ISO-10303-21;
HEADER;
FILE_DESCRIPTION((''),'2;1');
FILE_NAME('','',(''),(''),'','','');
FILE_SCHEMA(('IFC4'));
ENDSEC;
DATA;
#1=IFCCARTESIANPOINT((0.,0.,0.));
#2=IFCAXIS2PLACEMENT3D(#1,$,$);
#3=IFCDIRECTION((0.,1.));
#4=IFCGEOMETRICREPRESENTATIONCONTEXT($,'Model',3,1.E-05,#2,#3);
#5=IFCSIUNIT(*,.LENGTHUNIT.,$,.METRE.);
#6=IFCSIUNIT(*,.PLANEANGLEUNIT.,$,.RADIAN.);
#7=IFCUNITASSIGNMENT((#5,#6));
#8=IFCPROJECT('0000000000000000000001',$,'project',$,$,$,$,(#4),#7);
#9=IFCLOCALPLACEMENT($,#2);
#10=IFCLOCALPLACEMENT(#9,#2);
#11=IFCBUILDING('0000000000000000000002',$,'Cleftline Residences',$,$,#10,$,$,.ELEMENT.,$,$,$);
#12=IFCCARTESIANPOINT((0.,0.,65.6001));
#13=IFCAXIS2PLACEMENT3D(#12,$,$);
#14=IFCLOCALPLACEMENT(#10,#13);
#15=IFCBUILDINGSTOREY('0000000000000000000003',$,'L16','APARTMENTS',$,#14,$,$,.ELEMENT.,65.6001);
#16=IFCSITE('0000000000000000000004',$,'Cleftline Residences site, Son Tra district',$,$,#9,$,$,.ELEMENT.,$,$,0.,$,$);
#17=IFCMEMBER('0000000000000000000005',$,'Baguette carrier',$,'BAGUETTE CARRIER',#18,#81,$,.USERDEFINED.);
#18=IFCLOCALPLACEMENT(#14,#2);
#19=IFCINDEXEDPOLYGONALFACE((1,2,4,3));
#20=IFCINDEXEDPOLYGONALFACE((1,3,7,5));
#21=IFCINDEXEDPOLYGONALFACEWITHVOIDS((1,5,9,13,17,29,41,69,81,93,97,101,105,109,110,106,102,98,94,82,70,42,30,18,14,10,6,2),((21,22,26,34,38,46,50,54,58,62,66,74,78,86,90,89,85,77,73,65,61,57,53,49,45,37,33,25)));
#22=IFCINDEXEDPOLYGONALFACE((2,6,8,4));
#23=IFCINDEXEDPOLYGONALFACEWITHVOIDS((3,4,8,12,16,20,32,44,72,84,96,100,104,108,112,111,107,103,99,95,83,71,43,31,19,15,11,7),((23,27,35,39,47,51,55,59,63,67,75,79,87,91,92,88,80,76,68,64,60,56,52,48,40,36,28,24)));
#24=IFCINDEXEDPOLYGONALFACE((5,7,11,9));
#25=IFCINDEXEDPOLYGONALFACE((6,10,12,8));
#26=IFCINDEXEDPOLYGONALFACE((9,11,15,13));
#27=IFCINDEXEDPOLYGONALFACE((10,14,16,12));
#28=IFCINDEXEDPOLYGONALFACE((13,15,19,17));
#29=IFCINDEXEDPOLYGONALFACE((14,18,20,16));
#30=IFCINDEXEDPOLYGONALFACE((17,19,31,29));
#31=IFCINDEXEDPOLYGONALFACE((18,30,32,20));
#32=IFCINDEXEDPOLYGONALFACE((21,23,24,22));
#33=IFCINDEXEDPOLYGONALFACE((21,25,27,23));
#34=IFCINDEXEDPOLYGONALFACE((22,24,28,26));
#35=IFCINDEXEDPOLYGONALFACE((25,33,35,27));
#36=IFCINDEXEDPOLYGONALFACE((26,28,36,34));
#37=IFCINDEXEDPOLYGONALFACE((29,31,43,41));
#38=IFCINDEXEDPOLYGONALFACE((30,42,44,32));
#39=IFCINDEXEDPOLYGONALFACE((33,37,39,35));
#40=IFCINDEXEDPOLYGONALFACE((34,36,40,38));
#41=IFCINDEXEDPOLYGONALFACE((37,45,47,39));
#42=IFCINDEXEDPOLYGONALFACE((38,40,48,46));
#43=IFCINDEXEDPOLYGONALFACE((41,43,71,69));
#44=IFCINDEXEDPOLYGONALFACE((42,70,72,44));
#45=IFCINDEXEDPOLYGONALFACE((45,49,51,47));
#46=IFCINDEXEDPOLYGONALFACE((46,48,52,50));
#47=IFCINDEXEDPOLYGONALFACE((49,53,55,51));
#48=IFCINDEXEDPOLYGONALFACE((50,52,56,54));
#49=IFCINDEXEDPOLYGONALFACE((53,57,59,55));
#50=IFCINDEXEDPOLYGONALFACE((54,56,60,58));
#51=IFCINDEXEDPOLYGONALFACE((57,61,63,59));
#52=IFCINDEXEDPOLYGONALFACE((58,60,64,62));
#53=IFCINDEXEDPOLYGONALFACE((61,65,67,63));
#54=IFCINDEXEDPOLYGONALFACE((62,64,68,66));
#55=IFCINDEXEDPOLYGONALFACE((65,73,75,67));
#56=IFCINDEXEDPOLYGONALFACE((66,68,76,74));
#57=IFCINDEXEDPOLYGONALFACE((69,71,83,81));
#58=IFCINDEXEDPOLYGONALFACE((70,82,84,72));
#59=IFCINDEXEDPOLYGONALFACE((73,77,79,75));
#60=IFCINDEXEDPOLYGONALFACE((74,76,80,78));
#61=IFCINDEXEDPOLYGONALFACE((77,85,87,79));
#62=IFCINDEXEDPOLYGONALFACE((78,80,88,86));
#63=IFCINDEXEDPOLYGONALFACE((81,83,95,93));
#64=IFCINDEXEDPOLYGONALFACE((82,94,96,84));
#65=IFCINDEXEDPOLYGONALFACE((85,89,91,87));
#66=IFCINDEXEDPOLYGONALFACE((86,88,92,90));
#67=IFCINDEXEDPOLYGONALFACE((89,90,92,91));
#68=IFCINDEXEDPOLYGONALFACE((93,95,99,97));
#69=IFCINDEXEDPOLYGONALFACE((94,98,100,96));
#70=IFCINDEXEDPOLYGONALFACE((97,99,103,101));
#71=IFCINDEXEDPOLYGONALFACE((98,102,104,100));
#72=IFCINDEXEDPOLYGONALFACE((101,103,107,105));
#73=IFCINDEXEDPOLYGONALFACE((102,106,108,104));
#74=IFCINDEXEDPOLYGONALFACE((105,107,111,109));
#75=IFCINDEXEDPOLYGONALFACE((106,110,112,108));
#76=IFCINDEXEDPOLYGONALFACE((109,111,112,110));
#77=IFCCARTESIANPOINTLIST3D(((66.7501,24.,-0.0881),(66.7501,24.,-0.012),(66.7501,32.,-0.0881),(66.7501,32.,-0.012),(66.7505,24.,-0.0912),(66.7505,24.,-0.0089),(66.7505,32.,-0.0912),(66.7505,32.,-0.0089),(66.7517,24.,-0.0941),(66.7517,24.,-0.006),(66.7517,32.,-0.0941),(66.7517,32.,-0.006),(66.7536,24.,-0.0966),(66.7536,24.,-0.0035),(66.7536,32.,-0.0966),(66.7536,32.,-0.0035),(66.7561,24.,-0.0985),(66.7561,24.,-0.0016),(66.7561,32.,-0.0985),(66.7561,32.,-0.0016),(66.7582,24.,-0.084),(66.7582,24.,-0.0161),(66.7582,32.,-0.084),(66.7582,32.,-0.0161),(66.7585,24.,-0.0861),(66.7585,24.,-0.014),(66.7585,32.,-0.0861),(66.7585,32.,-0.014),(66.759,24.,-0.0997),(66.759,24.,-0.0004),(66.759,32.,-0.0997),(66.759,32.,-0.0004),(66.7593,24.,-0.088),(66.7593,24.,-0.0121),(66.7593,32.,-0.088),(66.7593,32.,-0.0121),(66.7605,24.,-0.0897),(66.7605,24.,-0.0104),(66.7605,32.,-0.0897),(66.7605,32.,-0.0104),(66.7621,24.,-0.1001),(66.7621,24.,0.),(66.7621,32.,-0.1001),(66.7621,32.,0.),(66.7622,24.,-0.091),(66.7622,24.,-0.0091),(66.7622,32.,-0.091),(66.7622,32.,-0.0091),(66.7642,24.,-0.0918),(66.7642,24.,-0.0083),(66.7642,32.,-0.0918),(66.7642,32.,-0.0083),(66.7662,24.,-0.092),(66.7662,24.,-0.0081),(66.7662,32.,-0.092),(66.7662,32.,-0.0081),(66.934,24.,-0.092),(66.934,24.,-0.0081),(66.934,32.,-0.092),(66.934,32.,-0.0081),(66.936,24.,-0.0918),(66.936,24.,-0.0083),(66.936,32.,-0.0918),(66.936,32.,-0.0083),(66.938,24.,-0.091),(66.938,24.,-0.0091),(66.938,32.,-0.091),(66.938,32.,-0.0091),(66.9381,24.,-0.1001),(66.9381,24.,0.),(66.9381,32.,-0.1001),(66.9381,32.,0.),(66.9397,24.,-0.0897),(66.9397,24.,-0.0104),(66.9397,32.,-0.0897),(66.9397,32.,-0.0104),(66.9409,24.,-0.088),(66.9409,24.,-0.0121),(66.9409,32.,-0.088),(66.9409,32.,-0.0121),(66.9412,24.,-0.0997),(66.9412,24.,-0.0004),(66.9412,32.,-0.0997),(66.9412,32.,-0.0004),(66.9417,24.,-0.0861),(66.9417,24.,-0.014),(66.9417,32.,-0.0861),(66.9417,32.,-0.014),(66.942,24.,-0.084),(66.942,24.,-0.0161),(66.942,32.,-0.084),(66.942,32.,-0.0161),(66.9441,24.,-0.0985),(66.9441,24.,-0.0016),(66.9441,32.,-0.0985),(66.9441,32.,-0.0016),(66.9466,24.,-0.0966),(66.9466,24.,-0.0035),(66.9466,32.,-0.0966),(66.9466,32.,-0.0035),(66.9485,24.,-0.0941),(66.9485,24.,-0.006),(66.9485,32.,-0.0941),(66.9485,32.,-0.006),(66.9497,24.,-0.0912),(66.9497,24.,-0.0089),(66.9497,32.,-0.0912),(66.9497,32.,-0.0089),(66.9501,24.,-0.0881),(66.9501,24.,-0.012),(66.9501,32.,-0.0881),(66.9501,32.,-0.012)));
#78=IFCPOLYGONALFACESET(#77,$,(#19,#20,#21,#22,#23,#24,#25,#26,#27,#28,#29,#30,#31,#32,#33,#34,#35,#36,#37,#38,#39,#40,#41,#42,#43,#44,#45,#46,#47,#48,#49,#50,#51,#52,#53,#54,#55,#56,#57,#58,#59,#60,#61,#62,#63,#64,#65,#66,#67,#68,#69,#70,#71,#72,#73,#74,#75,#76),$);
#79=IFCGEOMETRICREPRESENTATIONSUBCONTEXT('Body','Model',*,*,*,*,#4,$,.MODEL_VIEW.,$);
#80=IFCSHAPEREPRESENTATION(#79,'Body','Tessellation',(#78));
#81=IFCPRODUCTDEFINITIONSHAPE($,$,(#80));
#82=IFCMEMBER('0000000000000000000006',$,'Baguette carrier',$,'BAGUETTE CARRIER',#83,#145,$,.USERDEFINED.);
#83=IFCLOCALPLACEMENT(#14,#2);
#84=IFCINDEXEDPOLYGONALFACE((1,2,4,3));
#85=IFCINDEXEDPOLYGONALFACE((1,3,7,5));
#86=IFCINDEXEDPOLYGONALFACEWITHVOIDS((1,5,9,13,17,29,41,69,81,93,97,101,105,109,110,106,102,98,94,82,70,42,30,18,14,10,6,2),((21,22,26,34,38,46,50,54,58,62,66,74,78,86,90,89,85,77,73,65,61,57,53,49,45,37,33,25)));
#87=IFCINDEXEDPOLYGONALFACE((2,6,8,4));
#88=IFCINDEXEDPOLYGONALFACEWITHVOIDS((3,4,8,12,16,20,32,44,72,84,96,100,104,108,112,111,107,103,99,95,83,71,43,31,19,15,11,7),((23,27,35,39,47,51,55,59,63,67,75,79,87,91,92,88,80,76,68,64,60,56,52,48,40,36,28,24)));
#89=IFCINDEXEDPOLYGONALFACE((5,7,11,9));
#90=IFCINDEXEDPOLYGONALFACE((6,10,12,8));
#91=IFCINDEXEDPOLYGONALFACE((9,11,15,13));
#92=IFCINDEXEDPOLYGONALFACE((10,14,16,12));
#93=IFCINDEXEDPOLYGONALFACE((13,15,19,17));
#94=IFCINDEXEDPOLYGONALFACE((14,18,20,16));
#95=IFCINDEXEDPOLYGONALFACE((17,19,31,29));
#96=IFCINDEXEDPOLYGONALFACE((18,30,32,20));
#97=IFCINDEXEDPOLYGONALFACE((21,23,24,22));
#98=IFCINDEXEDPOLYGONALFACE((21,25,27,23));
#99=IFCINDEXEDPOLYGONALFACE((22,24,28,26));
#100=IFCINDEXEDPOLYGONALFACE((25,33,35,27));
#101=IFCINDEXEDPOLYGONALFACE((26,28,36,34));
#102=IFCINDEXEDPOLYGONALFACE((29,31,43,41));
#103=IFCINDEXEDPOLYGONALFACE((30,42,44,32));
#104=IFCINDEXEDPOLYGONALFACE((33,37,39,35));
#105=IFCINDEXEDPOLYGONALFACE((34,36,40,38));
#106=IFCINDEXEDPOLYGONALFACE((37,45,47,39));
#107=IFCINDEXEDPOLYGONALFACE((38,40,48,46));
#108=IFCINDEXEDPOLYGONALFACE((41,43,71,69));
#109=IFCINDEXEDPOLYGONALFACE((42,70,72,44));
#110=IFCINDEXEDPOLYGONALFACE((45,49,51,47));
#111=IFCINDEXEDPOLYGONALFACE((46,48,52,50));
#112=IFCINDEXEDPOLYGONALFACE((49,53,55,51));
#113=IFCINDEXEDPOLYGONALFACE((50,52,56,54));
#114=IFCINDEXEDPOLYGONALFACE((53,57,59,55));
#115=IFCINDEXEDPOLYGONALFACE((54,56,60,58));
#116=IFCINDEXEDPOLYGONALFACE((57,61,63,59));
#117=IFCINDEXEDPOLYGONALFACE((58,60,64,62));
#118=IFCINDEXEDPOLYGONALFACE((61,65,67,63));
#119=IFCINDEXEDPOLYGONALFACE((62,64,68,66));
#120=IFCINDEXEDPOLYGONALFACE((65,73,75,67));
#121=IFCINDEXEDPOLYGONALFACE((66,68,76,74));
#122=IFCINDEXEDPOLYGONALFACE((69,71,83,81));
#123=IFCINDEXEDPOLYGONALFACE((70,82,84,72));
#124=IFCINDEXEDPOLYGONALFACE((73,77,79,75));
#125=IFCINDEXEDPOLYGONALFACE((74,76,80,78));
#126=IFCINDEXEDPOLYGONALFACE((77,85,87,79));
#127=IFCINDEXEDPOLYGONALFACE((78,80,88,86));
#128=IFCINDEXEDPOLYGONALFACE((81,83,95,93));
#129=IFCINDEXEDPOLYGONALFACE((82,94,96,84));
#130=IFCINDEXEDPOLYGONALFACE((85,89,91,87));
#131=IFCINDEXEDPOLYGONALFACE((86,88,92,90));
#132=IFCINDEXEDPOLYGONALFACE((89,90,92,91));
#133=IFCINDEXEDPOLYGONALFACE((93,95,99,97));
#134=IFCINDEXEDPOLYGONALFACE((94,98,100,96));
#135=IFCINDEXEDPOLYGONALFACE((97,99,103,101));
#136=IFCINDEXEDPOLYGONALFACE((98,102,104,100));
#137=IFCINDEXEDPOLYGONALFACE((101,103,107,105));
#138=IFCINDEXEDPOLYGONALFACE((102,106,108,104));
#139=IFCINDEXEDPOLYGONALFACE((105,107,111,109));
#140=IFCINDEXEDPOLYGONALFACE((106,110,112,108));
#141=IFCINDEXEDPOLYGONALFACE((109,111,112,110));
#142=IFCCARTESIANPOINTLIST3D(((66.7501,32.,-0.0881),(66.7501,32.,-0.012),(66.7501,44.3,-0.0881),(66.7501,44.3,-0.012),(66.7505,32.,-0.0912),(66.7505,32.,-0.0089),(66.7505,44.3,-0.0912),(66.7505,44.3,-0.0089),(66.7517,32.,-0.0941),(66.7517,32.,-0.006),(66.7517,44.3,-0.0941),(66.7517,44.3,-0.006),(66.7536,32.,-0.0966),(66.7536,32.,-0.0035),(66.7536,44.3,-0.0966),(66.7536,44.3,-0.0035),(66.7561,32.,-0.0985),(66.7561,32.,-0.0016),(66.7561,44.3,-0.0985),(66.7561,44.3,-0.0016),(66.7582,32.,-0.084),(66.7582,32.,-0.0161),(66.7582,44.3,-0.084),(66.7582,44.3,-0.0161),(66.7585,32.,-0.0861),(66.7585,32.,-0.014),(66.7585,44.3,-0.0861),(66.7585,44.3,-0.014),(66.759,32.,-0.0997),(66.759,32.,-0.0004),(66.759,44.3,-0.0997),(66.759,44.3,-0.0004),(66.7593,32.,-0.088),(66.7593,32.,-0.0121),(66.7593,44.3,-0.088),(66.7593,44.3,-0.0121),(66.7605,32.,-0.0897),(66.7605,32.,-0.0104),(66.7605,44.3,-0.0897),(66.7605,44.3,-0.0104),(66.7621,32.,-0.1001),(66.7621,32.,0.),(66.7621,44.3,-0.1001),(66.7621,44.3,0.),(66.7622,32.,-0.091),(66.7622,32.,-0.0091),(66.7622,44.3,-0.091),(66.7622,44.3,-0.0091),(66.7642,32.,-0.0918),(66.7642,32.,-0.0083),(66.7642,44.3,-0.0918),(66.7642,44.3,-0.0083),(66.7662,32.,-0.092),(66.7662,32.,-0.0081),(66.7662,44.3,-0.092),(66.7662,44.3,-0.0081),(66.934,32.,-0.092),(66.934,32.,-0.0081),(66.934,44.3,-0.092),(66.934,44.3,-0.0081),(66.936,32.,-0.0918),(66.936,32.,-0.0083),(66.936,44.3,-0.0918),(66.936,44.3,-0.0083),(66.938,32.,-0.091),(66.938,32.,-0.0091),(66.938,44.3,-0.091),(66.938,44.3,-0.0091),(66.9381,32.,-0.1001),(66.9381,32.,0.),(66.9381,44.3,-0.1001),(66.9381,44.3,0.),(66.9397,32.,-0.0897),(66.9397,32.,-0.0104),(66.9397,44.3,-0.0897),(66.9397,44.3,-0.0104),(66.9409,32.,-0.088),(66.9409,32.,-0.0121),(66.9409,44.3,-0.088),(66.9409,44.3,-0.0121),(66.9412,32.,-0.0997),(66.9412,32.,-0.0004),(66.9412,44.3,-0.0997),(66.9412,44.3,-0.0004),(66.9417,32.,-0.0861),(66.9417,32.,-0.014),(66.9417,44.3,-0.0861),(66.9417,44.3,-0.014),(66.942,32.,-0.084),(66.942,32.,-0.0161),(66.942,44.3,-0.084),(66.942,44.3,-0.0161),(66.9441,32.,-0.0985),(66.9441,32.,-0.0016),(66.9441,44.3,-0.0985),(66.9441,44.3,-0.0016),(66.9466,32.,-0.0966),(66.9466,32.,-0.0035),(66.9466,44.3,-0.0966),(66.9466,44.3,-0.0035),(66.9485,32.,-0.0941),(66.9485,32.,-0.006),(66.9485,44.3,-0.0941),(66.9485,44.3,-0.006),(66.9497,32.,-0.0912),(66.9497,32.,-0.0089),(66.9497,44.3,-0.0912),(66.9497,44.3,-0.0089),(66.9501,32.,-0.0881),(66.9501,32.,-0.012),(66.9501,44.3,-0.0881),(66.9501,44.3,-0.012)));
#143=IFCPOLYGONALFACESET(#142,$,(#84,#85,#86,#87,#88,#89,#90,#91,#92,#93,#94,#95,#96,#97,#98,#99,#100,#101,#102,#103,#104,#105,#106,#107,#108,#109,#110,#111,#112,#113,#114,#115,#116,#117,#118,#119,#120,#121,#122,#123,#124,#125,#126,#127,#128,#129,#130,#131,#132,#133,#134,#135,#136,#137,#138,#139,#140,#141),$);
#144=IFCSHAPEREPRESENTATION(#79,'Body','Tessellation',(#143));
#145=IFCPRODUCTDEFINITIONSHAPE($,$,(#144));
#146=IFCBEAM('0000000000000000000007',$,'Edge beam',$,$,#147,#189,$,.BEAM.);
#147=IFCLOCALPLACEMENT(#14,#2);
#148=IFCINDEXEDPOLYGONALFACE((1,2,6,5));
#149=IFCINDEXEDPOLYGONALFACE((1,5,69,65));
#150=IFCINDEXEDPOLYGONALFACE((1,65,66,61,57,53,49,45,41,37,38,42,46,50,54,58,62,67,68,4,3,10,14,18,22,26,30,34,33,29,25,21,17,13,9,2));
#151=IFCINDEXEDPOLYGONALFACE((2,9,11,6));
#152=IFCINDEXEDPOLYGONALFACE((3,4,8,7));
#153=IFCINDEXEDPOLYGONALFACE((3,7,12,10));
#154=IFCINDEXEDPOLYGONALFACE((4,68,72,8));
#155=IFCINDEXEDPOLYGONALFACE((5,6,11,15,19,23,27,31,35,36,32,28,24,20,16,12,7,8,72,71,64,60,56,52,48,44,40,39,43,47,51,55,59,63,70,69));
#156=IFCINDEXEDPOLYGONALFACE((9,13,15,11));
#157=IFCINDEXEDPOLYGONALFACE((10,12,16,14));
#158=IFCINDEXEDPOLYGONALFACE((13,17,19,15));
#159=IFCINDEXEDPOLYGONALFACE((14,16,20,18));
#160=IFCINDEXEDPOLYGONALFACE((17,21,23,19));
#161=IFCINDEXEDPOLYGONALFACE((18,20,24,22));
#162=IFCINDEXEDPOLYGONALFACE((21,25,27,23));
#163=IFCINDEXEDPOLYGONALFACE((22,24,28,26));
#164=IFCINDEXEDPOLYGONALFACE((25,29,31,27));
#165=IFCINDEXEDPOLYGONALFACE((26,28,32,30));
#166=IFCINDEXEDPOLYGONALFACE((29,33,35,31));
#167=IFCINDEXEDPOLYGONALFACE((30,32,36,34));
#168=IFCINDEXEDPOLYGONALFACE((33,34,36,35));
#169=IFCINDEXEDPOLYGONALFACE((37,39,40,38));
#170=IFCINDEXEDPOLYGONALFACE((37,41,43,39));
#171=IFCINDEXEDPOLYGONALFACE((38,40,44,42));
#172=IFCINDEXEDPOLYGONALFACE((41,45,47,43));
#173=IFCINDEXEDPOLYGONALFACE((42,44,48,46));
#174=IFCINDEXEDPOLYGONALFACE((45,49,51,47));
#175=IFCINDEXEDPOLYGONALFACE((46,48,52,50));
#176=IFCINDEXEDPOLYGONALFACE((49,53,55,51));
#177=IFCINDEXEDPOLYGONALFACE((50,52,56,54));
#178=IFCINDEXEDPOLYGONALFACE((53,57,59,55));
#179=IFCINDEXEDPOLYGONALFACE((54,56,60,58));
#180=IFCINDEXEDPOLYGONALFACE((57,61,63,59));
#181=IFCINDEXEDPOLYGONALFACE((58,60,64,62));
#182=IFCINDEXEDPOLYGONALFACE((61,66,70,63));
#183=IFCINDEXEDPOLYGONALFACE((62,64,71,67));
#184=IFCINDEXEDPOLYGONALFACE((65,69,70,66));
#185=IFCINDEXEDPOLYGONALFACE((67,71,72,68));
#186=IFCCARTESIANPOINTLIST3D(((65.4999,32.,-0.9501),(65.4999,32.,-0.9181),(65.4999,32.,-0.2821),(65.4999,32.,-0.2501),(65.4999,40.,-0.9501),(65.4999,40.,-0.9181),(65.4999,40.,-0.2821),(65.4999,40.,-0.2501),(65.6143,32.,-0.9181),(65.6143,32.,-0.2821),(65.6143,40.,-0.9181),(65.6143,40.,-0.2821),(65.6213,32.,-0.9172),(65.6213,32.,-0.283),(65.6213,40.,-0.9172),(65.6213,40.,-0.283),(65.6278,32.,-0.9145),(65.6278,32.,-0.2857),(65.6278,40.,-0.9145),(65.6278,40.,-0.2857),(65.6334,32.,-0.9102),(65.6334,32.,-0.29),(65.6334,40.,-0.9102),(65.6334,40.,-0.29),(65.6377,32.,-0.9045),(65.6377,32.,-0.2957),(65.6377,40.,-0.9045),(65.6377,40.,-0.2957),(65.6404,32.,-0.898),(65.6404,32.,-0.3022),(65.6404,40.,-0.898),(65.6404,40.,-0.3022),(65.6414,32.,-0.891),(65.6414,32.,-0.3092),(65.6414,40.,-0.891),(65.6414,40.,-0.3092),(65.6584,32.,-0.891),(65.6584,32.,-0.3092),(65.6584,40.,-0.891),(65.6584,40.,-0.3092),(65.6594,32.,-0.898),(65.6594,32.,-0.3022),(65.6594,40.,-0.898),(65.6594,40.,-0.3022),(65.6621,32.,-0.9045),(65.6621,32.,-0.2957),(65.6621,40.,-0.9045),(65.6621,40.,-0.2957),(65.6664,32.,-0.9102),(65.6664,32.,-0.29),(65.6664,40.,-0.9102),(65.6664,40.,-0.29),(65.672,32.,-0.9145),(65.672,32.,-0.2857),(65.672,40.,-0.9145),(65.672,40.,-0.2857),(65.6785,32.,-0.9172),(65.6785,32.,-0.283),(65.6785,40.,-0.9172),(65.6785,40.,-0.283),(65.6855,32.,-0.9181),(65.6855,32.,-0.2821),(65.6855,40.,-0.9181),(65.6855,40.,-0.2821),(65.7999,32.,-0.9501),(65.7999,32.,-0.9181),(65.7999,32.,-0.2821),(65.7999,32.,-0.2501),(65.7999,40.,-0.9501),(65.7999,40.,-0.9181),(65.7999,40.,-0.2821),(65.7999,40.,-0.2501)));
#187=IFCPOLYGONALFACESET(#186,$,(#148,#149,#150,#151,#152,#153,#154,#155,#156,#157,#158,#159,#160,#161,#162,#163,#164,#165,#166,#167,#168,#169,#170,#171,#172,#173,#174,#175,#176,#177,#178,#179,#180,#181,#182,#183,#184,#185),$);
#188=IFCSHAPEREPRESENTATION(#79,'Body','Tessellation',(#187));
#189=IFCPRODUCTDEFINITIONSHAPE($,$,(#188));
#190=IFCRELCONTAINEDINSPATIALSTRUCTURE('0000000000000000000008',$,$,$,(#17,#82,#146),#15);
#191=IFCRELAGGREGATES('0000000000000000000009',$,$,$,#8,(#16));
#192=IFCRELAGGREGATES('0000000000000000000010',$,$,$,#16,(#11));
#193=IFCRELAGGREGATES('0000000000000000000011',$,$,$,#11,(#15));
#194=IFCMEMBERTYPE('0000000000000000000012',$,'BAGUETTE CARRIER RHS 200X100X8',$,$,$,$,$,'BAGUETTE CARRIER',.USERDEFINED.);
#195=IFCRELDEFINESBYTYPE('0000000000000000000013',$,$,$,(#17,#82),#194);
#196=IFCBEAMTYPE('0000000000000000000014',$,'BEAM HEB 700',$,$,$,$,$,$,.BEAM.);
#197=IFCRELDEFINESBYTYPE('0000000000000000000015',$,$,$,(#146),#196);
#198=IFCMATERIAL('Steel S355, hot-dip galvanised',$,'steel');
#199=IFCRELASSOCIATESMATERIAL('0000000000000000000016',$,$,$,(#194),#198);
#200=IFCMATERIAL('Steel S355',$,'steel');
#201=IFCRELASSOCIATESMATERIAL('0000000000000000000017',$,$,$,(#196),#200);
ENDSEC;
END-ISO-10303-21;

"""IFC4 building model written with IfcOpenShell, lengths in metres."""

from ifc_helpers import new_model, si_unit, direction, frame, origin, origin_2d, place, context, subcontext, project, spatial, hollow_rectangle, i_section, extrude, material, material_profile, profile_set, type_object, element, save


model = new_model("IFC4")

# Units and contexts
model_context = context("Model", 3, precision=1e-05, world=origin(), true_north=direction((0.0, 1.0)))
body_context = subcontext(model_context, "Body", "Model", "MODEL_VIEW")
ifc_project = project(units=[si_unit("LENGTHUNIT", "METRE"), si_unit("PLANEANGLEUNIT", "RADIAN")], contexts=[model_context])

# Site, building, storey
site_placement = place(None, origin())
site = spatial("IfcSite", under=ifc_project, at=site_placement, Name="Cleftline Residences site, Son Tra district", CompositionType="ELEMENT", RefElevation=0.0)
building_placement = place(site_placement, origin())
building = spatial("IfcBuilding", under=site, at=building_placement, Name="Cleftline Residences", CompositionType="ELEMENT")
storey_placement = place(building_placement, frame((0.0, 0.0, 65.6001)))
storey = spatial("IfcBuildingStorey", under=building, at=storey_placement, Name="L16", Description="APARTMENTS", CompositionType="ELEMENT", Elevation=65.6001)

# Members
ifc_material_1 = material(Name="Steel S355, hot-dip galvanised", Category="steel")
ifc_material_profile_1 = material_profile(ifc_material_1, hollow_rectangle(XDim=0.1001, YDim=0.2, WallThickness=0.0081, InnerFilletRadius=0.0081, OuterFilletRadius=0.012, at=origin_2d()))
ifc_profile_set_1 = profile_set([ifc_material_profile_1], Name="Steel S355, hot-dip galvanised")
member_type_1 = type_object("IfcMemberType", Name="BAGUETTE CARRIER RHS 200X100X8", ElementType="BAGUETTE CARRIER", PredefinedType="USERDEFINED", material=ifc_profile_set_1)
member_1_placement = place(storey_placement, frame((66.8501, 24.0, -0.05), z_axis=(0.0, 1.0, 0.0), x_axis=(0.0, 0.0, 1.0)))
element("IfcMember", 1, at=member_1_placement, inside=storey, type_object=member_type_1, Name="Baguette carrier", ObjectType="BAGUETTE CARRIER", PredefinedType="USERDEFINED", context=body_context, shape_type="SweptSolid", body=[
    extrude(hollow_rectangle(XDim=0.1001, YDim=0.2, WallThickness=0.0081, InnerFilletRadius=0.0081, OuterFilletRadius=0.012, at=origin_2d()), origin(), (0.0, 0.0, 1.0), 8.0),
])
member_2_placement = place(storey_placement, frame((66.8501, 32.0, -0.05), z_axis=(0.0, 1.0, 0.0), x_axis=(0.0, 0.0, 1.0)))
element("IfcMember", 2, at=member_2_placement, inside=storey, type_object=member_type_1, Name="Baguette carrier", ObjectType="BAGUETTE CARRIER", PredefinedType="USERDEFINED", context=body_context, shape_type="SweptSolid", body=[
    extrude(hollow_rectangle(XDim=0.1001, YDim=0.2, WallThickness=0.0081, InnerFilletRadius=0.0081, OuterFilletRadius=0.012, at=origin_2d()), origin(), (0.0, 0.0, 1.0), 12.3),
])

# Beam
ifc_material_2 = material(Name="Steel S355", Category="steel")
ifc_material_profile_2 = material_profile(ifc_material_2, i_section(OverallWidth=0.3, OverallDepth=0.7, WebThickness=0.0171, FlangeThickness=0.032, FilletRadius=0.0271, at=origin_2d()))
ifc_profile_set_2 = profile_set([ifc_material_profile_2], Name="Steel S355")
beam_type_1 = type_object("IfcBeamType", Name="BEAM HEB 700", PredefinedType="BEAM", material=ifc_profile_set_2)
beam_1_placement = place(storey_placement, frame((65.6499, 32.0, -0.6001), z_axis=(0.0, 1.0, 0.0), x_axis=(-1.0, 0.0, 0.0)))
element("IfcBeam", 3, at=beam_1_placement, inside=storey, type_object=beam_type_1, Name="Edge beam", PredefinedType="BEAM", context=body_context, shape_type="SweptSolid", body=[
    extrude(i_section(OverallWidth=0.3, OverallDepth=0.7, WebThickness=0.0171, FlangeThickness=0.032, FilletRadius=0.0271, at=origin_2d()), origin(), (0.0, 0.0, 1.0), 8.0),
])

save(model, "model.ifc")
